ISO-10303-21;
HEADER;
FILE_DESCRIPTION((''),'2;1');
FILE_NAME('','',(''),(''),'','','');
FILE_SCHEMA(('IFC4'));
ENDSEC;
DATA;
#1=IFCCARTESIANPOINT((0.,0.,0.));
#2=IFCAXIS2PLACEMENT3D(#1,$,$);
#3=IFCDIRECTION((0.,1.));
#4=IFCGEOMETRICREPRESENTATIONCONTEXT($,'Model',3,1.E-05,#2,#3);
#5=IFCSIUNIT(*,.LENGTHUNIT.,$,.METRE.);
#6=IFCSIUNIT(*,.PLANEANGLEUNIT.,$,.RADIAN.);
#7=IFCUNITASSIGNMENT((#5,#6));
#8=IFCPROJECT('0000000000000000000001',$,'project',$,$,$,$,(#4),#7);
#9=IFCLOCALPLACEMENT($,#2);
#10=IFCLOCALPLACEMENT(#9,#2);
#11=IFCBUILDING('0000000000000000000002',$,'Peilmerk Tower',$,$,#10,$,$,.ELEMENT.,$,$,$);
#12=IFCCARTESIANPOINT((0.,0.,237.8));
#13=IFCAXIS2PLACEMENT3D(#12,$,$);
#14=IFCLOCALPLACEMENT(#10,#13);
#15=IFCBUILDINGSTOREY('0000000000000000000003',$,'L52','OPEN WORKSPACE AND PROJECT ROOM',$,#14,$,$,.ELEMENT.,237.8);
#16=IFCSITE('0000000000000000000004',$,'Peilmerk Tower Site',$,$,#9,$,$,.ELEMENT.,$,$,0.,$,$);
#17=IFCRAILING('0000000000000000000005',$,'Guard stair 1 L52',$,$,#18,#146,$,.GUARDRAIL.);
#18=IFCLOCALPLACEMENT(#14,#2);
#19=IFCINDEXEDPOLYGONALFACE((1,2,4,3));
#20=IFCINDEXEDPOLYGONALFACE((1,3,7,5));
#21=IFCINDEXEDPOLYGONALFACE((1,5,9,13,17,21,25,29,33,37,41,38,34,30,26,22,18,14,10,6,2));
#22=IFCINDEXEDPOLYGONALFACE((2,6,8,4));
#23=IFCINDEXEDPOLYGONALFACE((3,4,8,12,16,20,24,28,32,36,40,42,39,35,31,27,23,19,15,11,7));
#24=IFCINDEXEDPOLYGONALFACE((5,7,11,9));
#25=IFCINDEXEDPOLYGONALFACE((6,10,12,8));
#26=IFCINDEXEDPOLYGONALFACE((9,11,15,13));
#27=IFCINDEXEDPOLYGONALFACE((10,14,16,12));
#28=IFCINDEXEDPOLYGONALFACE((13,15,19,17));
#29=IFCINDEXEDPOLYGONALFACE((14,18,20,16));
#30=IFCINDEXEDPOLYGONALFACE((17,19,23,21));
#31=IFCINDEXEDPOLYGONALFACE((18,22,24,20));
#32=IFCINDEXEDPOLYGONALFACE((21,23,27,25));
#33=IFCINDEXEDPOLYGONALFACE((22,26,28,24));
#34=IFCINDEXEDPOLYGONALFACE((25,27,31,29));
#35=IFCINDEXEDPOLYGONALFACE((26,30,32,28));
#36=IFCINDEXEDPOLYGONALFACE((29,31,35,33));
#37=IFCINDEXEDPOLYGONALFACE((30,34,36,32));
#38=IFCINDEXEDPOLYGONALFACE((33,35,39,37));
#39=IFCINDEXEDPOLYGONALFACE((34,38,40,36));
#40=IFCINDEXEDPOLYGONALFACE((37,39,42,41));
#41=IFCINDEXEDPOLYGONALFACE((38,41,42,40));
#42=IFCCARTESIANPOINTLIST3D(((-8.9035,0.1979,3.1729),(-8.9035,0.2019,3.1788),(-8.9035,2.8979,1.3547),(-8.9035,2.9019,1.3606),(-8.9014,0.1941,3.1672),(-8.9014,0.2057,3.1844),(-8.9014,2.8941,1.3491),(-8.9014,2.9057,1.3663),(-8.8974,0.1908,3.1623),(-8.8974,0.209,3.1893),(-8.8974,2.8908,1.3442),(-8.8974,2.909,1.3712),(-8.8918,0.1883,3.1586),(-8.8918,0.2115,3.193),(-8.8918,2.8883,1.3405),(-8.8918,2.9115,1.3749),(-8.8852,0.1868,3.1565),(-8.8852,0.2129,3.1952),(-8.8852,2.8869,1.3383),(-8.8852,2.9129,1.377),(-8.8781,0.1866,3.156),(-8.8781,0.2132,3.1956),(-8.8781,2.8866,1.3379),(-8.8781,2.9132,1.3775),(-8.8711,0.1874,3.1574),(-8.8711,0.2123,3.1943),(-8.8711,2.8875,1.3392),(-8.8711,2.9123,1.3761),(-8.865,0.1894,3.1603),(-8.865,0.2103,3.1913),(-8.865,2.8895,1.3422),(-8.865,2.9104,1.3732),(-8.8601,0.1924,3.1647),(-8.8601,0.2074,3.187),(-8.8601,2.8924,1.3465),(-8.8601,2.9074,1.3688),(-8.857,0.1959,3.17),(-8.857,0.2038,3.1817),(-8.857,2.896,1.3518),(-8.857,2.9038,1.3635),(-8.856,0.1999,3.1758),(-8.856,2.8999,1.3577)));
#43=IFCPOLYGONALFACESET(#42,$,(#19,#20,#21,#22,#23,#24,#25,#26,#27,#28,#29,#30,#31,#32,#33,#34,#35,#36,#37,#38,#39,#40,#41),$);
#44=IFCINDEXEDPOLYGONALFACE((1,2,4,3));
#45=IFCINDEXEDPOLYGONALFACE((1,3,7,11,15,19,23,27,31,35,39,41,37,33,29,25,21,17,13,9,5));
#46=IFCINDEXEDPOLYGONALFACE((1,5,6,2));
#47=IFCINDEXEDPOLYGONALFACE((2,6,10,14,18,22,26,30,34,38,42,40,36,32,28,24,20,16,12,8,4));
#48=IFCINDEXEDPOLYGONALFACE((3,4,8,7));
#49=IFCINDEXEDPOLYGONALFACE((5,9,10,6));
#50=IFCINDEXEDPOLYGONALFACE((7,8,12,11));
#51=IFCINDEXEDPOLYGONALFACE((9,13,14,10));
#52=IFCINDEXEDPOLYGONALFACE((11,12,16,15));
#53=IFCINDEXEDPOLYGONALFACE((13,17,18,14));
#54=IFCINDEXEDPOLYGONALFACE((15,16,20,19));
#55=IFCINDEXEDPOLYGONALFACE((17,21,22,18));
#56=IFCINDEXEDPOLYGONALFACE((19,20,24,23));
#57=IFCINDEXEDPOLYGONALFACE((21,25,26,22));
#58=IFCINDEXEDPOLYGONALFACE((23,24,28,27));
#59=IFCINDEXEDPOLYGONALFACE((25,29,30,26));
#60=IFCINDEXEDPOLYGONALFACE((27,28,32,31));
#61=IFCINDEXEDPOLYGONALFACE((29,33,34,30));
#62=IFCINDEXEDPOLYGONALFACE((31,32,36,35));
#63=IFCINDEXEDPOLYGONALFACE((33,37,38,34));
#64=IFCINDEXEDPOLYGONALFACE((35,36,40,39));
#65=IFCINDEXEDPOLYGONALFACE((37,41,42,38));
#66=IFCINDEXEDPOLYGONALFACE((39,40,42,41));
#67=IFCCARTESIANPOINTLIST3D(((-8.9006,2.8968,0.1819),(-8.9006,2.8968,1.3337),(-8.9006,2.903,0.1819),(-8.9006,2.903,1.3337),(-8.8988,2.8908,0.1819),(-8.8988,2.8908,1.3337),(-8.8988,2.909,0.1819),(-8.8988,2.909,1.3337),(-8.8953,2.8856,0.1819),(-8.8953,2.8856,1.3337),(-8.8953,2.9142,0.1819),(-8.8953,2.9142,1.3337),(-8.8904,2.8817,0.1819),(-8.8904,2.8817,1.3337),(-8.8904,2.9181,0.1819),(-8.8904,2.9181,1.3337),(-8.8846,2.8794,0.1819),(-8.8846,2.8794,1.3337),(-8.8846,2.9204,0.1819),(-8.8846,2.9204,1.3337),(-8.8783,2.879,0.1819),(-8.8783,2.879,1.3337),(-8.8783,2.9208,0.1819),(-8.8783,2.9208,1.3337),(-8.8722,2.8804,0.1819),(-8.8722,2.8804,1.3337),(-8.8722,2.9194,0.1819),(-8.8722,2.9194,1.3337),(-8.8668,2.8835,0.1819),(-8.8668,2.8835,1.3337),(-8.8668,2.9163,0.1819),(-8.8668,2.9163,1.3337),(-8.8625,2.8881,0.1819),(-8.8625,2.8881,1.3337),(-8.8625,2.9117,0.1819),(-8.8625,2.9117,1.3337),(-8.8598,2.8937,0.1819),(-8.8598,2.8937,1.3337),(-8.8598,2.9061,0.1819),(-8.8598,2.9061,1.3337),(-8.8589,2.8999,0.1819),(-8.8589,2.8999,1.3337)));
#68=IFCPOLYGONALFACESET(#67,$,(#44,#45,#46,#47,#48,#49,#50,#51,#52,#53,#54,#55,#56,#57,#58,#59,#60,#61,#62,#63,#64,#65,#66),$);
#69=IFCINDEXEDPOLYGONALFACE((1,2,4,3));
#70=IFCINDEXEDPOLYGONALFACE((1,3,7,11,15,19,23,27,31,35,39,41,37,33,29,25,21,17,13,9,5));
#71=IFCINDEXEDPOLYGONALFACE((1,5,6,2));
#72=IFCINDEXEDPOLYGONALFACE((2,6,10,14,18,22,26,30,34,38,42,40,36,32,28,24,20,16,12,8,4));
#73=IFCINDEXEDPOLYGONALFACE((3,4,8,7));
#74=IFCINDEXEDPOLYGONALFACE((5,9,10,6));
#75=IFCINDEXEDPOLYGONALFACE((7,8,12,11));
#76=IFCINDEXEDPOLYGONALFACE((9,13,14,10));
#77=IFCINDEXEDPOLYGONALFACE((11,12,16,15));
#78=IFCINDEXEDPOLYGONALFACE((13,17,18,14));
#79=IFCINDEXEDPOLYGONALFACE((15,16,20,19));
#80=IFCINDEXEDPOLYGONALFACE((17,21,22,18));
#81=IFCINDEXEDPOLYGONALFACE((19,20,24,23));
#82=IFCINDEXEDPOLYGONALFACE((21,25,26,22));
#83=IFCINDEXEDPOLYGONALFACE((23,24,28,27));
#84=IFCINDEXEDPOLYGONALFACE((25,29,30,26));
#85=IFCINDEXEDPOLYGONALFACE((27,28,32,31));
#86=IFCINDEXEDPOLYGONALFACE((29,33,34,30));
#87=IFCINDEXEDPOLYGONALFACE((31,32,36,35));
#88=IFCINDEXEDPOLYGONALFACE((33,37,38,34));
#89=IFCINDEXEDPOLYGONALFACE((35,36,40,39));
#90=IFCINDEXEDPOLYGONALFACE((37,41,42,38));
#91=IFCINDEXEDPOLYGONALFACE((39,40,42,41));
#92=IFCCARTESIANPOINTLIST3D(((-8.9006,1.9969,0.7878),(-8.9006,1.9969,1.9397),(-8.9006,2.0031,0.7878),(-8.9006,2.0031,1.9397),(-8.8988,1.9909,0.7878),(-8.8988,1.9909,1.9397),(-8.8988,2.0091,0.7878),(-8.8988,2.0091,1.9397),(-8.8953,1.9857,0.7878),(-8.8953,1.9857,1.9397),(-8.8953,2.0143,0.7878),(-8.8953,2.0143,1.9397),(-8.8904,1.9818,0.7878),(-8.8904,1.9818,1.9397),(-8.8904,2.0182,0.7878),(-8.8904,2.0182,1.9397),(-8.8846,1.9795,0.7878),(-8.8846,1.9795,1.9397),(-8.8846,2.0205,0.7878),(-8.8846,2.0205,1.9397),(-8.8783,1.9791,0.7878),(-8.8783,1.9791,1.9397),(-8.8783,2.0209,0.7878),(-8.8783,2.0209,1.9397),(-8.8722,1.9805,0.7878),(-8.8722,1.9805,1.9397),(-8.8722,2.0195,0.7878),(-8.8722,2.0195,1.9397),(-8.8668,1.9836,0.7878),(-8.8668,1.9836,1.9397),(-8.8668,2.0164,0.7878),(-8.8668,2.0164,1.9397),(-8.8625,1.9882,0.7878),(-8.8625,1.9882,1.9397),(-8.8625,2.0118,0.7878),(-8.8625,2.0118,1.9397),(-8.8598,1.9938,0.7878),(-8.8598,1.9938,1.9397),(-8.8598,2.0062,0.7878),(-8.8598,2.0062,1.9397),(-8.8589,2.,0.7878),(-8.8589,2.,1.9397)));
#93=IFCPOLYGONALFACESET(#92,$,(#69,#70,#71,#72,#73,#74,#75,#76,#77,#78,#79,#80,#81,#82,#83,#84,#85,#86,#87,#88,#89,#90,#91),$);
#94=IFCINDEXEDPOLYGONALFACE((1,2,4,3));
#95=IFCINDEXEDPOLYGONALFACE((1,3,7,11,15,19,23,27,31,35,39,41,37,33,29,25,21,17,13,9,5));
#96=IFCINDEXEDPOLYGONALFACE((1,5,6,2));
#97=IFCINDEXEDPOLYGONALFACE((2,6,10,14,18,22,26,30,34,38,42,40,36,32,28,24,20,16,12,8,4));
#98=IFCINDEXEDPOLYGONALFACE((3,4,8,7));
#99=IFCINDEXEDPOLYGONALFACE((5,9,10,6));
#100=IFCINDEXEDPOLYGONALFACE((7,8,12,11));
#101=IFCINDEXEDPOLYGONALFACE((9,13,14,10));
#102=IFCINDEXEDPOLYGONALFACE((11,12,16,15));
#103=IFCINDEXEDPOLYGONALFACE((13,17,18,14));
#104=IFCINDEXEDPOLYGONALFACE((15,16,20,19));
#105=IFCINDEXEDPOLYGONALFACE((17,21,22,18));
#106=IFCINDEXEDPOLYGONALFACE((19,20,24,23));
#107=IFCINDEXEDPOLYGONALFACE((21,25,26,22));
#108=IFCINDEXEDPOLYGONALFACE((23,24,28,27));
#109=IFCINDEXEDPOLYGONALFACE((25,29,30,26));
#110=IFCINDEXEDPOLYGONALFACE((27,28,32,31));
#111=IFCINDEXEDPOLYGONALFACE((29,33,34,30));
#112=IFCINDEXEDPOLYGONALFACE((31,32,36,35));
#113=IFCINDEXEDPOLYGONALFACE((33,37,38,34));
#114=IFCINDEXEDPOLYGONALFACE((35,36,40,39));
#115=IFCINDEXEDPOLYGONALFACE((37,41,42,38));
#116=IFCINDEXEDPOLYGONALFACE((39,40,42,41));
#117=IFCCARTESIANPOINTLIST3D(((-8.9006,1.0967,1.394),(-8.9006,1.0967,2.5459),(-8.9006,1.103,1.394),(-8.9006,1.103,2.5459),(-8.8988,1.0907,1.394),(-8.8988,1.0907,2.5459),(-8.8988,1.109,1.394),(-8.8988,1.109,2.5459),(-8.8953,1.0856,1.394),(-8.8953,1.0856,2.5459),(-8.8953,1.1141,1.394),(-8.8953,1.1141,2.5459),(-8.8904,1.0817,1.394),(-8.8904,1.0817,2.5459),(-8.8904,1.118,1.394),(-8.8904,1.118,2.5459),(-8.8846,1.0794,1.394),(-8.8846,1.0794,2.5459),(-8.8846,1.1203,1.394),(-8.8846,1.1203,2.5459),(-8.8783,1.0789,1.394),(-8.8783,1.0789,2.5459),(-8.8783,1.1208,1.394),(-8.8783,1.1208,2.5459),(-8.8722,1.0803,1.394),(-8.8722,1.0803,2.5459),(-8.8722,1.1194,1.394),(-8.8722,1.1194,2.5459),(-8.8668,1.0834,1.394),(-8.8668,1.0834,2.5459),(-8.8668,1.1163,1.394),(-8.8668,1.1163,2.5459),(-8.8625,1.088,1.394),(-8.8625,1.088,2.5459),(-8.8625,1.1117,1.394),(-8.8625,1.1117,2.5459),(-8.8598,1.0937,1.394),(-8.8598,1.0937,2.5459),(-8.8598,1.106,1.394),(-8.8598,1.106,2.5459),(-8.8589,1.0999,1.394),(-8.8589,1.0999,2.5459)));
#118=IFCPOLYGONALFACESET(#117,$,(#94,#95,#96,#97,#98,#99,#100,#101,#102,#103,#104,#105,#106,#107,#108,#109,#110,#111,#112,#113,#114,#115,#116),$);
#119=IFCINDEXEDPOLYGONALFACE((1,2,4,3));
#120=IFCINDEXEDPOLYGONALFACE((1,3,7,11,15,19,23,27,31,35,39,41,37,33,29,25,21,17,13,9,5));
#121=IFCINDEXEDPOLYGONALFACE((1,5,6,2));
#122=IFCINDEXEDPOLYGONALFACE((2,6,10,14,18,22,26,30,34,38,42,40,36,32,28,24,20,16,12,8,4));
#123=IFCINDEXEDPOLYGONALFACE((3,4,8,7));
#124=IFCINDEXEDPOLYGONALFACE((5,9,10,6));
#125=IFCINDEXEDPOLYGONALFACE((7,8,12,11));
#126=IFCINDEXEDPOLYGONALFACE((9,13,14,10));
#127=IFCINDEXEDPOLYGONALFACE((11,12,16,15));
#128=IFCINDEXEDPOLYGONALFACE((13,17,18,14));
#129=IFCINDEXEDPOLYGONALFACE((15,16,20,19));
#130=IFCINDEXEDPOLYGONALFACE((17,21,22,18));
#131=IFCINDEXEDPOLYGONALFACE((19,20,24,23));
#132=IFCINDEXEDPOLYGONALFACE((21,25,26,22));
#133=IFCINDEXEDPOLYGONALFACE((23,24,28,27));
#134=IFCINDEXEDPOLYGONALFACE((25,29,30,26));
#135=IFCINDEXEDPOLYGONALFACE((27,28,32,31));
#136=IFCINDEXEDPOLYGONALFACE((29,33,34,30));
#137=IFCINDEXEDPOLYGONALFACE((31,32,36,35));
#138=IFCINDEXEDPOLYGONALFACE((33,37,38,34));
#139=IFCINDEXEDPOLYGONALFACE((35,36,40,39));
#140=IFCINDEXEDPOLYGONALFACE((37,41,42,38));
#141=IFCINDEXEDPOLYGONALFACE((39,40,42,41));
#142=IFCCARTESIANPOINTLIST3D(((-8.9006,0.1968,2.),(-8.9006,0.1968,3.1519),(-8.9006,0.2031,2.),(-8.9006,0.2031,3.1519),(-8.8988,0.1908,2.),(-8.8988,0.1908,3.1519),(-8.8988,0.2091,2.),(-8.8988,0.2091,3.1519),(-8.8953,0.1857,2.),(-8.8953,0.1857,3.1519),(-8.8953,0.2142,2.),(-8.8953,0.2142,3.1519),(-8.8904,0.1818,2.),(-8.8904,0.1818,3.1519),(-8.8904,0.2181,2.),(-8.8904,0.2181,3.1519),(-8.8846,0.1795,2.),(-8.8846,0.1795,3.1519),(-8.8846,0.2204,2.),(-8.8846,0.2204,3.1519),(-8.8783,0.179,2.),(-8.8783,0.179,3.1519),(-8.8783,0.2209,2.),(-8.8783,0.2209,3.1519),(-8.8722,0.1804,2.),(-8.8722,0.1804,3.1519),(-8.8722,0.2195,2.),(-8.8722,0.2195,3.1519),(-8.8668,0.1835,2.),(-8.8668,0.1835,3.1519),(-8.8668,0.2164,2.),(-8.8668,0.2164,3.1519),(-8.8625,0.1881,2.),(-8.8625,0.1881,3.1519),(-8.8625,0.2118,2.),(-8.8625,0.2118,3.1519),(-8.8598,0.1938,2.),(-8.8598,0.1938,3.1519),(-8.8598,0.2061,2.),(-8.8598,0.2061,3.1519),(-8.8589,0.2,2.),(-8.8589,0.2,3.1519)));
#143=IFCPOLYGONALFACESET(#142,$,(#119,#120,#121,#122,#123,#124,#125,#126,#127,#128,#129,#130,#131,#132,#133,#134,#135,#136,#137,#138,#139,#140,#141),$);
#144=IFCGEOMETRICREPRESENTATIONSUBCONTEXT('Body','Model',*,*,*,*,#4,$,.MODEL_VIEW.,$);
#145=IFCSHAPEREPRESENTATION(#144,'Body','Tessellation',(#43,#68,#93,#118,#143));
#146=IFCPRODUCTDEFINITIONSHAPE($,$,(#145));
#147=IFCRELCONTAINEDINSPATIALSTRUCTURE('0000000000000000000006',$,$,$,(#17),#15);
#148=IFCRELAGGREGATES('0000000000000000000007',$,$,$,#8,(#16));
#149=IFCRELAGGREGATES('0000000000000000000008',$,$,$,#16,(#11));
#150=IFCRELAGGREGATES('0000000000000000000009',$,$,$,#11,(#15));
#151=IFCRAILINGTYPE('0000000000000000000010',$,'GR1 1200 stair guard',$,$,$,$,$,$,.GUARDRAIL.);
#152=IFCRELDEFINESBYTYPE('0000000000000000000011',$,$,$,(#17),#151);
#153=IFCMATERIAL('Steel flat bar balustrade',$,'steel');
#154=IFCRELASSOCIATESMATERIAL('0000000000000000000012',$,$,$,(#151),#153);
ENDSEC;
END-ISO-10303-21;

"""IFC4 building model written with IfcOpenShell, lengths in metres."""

from ifc_helpers import new_model, si_unit, direction, frame, origin, origin_2d, place, context, subcontext, project, spatial, circle, extrude, material, type_object, element, save


model = new_model("IFC4")

# Units and contexts
model_context = context("Model", 3, precision=1e-05, world=origin(), true_north=direction((0.0, 1.0)))
body_context = subcontext(model_context, "Body", "Model", "MODEL_VIEW")
ifc_project = project(units=[si_unit("LENGTHUNIT", "METRE"), si_unit("PLANEANGLEUNIT", "RADIAN")], contexts=[model_context])

# Site, building, storey
site_placement = place(None, origin())
site = spatial("IfcSite", under=ifc_project, at=site_placement, Name="Peilmerk Tower Site", CompositionType="ELEMENT", RefElevation=0.0)
building_placement = place(site_placement, origin())
building = spatial("IfcBuilding", under=site, at=building_placement, Name="Peilmerk Tower", CompositionType="ELEMENT")
storey_placement = place(building_placement, frame((0.0, 0.0, 237.8)))
storey = spatial("IfcBuildingStorey", under=building, at=storey_placement, Name="L52", Description="OPEN WORKSPACE AND PROJECT ROOM", CompositionType="ELEMENT", Elevation=237.8)

# Railing
ifc_material_1 = material(Name="Steel flat bar balustrade", Category="steel")
railing_type_1 = type_object("IfcRailingType", Name="GR1 1200 stair guard", PredefinedType="GUARDRAIL", material=ifc_material_1)
railing_1_placement = place(storey_placement, frame((-8.8799, 2.8999, 0.1819)))
element("IfcRailing", 1, at=railing_1_placement, inside=storey, type_object=railing_type_1, Name="Guard stair 1 L52", PredefinedType="GUARDRAIL", context=body_context, shape_type="SweptSolid", body=[
    extrude(circle(Radius=0.0239, at=origin_2d()), frame((0.0, 0.0, 1.1758), z_axis=(0.0, -0.829468, 0.558554), x_axis=(1.0, 0.0, 0.0)), (0.0, 0.0, 1.0), 3.2551),
    extrude(circle(Radius=0.021, at=origin_2d()), origin(), (0.0, 0.0, 1.0), 1.1519),
    extrude(circle(Radius=0.021, at=origin_2d()), frame((0.0, -0.8999, 0.606)), (0.0, 0.0, 1.0), 1.1519),
    extrude(circle(Radius=0.021, at=origin_2d()), frame((0.0, -1.8, 1.2122)), (0.0, 0.0, 1.0), 1.1519),
    extrude(circle(Radius=0.021, at=origin_2d()), frame((0.0, -2.7, 1.8181)), (0.0, 0.0, 1.0), 1.1519),
])

save(model, "model.ifc")
